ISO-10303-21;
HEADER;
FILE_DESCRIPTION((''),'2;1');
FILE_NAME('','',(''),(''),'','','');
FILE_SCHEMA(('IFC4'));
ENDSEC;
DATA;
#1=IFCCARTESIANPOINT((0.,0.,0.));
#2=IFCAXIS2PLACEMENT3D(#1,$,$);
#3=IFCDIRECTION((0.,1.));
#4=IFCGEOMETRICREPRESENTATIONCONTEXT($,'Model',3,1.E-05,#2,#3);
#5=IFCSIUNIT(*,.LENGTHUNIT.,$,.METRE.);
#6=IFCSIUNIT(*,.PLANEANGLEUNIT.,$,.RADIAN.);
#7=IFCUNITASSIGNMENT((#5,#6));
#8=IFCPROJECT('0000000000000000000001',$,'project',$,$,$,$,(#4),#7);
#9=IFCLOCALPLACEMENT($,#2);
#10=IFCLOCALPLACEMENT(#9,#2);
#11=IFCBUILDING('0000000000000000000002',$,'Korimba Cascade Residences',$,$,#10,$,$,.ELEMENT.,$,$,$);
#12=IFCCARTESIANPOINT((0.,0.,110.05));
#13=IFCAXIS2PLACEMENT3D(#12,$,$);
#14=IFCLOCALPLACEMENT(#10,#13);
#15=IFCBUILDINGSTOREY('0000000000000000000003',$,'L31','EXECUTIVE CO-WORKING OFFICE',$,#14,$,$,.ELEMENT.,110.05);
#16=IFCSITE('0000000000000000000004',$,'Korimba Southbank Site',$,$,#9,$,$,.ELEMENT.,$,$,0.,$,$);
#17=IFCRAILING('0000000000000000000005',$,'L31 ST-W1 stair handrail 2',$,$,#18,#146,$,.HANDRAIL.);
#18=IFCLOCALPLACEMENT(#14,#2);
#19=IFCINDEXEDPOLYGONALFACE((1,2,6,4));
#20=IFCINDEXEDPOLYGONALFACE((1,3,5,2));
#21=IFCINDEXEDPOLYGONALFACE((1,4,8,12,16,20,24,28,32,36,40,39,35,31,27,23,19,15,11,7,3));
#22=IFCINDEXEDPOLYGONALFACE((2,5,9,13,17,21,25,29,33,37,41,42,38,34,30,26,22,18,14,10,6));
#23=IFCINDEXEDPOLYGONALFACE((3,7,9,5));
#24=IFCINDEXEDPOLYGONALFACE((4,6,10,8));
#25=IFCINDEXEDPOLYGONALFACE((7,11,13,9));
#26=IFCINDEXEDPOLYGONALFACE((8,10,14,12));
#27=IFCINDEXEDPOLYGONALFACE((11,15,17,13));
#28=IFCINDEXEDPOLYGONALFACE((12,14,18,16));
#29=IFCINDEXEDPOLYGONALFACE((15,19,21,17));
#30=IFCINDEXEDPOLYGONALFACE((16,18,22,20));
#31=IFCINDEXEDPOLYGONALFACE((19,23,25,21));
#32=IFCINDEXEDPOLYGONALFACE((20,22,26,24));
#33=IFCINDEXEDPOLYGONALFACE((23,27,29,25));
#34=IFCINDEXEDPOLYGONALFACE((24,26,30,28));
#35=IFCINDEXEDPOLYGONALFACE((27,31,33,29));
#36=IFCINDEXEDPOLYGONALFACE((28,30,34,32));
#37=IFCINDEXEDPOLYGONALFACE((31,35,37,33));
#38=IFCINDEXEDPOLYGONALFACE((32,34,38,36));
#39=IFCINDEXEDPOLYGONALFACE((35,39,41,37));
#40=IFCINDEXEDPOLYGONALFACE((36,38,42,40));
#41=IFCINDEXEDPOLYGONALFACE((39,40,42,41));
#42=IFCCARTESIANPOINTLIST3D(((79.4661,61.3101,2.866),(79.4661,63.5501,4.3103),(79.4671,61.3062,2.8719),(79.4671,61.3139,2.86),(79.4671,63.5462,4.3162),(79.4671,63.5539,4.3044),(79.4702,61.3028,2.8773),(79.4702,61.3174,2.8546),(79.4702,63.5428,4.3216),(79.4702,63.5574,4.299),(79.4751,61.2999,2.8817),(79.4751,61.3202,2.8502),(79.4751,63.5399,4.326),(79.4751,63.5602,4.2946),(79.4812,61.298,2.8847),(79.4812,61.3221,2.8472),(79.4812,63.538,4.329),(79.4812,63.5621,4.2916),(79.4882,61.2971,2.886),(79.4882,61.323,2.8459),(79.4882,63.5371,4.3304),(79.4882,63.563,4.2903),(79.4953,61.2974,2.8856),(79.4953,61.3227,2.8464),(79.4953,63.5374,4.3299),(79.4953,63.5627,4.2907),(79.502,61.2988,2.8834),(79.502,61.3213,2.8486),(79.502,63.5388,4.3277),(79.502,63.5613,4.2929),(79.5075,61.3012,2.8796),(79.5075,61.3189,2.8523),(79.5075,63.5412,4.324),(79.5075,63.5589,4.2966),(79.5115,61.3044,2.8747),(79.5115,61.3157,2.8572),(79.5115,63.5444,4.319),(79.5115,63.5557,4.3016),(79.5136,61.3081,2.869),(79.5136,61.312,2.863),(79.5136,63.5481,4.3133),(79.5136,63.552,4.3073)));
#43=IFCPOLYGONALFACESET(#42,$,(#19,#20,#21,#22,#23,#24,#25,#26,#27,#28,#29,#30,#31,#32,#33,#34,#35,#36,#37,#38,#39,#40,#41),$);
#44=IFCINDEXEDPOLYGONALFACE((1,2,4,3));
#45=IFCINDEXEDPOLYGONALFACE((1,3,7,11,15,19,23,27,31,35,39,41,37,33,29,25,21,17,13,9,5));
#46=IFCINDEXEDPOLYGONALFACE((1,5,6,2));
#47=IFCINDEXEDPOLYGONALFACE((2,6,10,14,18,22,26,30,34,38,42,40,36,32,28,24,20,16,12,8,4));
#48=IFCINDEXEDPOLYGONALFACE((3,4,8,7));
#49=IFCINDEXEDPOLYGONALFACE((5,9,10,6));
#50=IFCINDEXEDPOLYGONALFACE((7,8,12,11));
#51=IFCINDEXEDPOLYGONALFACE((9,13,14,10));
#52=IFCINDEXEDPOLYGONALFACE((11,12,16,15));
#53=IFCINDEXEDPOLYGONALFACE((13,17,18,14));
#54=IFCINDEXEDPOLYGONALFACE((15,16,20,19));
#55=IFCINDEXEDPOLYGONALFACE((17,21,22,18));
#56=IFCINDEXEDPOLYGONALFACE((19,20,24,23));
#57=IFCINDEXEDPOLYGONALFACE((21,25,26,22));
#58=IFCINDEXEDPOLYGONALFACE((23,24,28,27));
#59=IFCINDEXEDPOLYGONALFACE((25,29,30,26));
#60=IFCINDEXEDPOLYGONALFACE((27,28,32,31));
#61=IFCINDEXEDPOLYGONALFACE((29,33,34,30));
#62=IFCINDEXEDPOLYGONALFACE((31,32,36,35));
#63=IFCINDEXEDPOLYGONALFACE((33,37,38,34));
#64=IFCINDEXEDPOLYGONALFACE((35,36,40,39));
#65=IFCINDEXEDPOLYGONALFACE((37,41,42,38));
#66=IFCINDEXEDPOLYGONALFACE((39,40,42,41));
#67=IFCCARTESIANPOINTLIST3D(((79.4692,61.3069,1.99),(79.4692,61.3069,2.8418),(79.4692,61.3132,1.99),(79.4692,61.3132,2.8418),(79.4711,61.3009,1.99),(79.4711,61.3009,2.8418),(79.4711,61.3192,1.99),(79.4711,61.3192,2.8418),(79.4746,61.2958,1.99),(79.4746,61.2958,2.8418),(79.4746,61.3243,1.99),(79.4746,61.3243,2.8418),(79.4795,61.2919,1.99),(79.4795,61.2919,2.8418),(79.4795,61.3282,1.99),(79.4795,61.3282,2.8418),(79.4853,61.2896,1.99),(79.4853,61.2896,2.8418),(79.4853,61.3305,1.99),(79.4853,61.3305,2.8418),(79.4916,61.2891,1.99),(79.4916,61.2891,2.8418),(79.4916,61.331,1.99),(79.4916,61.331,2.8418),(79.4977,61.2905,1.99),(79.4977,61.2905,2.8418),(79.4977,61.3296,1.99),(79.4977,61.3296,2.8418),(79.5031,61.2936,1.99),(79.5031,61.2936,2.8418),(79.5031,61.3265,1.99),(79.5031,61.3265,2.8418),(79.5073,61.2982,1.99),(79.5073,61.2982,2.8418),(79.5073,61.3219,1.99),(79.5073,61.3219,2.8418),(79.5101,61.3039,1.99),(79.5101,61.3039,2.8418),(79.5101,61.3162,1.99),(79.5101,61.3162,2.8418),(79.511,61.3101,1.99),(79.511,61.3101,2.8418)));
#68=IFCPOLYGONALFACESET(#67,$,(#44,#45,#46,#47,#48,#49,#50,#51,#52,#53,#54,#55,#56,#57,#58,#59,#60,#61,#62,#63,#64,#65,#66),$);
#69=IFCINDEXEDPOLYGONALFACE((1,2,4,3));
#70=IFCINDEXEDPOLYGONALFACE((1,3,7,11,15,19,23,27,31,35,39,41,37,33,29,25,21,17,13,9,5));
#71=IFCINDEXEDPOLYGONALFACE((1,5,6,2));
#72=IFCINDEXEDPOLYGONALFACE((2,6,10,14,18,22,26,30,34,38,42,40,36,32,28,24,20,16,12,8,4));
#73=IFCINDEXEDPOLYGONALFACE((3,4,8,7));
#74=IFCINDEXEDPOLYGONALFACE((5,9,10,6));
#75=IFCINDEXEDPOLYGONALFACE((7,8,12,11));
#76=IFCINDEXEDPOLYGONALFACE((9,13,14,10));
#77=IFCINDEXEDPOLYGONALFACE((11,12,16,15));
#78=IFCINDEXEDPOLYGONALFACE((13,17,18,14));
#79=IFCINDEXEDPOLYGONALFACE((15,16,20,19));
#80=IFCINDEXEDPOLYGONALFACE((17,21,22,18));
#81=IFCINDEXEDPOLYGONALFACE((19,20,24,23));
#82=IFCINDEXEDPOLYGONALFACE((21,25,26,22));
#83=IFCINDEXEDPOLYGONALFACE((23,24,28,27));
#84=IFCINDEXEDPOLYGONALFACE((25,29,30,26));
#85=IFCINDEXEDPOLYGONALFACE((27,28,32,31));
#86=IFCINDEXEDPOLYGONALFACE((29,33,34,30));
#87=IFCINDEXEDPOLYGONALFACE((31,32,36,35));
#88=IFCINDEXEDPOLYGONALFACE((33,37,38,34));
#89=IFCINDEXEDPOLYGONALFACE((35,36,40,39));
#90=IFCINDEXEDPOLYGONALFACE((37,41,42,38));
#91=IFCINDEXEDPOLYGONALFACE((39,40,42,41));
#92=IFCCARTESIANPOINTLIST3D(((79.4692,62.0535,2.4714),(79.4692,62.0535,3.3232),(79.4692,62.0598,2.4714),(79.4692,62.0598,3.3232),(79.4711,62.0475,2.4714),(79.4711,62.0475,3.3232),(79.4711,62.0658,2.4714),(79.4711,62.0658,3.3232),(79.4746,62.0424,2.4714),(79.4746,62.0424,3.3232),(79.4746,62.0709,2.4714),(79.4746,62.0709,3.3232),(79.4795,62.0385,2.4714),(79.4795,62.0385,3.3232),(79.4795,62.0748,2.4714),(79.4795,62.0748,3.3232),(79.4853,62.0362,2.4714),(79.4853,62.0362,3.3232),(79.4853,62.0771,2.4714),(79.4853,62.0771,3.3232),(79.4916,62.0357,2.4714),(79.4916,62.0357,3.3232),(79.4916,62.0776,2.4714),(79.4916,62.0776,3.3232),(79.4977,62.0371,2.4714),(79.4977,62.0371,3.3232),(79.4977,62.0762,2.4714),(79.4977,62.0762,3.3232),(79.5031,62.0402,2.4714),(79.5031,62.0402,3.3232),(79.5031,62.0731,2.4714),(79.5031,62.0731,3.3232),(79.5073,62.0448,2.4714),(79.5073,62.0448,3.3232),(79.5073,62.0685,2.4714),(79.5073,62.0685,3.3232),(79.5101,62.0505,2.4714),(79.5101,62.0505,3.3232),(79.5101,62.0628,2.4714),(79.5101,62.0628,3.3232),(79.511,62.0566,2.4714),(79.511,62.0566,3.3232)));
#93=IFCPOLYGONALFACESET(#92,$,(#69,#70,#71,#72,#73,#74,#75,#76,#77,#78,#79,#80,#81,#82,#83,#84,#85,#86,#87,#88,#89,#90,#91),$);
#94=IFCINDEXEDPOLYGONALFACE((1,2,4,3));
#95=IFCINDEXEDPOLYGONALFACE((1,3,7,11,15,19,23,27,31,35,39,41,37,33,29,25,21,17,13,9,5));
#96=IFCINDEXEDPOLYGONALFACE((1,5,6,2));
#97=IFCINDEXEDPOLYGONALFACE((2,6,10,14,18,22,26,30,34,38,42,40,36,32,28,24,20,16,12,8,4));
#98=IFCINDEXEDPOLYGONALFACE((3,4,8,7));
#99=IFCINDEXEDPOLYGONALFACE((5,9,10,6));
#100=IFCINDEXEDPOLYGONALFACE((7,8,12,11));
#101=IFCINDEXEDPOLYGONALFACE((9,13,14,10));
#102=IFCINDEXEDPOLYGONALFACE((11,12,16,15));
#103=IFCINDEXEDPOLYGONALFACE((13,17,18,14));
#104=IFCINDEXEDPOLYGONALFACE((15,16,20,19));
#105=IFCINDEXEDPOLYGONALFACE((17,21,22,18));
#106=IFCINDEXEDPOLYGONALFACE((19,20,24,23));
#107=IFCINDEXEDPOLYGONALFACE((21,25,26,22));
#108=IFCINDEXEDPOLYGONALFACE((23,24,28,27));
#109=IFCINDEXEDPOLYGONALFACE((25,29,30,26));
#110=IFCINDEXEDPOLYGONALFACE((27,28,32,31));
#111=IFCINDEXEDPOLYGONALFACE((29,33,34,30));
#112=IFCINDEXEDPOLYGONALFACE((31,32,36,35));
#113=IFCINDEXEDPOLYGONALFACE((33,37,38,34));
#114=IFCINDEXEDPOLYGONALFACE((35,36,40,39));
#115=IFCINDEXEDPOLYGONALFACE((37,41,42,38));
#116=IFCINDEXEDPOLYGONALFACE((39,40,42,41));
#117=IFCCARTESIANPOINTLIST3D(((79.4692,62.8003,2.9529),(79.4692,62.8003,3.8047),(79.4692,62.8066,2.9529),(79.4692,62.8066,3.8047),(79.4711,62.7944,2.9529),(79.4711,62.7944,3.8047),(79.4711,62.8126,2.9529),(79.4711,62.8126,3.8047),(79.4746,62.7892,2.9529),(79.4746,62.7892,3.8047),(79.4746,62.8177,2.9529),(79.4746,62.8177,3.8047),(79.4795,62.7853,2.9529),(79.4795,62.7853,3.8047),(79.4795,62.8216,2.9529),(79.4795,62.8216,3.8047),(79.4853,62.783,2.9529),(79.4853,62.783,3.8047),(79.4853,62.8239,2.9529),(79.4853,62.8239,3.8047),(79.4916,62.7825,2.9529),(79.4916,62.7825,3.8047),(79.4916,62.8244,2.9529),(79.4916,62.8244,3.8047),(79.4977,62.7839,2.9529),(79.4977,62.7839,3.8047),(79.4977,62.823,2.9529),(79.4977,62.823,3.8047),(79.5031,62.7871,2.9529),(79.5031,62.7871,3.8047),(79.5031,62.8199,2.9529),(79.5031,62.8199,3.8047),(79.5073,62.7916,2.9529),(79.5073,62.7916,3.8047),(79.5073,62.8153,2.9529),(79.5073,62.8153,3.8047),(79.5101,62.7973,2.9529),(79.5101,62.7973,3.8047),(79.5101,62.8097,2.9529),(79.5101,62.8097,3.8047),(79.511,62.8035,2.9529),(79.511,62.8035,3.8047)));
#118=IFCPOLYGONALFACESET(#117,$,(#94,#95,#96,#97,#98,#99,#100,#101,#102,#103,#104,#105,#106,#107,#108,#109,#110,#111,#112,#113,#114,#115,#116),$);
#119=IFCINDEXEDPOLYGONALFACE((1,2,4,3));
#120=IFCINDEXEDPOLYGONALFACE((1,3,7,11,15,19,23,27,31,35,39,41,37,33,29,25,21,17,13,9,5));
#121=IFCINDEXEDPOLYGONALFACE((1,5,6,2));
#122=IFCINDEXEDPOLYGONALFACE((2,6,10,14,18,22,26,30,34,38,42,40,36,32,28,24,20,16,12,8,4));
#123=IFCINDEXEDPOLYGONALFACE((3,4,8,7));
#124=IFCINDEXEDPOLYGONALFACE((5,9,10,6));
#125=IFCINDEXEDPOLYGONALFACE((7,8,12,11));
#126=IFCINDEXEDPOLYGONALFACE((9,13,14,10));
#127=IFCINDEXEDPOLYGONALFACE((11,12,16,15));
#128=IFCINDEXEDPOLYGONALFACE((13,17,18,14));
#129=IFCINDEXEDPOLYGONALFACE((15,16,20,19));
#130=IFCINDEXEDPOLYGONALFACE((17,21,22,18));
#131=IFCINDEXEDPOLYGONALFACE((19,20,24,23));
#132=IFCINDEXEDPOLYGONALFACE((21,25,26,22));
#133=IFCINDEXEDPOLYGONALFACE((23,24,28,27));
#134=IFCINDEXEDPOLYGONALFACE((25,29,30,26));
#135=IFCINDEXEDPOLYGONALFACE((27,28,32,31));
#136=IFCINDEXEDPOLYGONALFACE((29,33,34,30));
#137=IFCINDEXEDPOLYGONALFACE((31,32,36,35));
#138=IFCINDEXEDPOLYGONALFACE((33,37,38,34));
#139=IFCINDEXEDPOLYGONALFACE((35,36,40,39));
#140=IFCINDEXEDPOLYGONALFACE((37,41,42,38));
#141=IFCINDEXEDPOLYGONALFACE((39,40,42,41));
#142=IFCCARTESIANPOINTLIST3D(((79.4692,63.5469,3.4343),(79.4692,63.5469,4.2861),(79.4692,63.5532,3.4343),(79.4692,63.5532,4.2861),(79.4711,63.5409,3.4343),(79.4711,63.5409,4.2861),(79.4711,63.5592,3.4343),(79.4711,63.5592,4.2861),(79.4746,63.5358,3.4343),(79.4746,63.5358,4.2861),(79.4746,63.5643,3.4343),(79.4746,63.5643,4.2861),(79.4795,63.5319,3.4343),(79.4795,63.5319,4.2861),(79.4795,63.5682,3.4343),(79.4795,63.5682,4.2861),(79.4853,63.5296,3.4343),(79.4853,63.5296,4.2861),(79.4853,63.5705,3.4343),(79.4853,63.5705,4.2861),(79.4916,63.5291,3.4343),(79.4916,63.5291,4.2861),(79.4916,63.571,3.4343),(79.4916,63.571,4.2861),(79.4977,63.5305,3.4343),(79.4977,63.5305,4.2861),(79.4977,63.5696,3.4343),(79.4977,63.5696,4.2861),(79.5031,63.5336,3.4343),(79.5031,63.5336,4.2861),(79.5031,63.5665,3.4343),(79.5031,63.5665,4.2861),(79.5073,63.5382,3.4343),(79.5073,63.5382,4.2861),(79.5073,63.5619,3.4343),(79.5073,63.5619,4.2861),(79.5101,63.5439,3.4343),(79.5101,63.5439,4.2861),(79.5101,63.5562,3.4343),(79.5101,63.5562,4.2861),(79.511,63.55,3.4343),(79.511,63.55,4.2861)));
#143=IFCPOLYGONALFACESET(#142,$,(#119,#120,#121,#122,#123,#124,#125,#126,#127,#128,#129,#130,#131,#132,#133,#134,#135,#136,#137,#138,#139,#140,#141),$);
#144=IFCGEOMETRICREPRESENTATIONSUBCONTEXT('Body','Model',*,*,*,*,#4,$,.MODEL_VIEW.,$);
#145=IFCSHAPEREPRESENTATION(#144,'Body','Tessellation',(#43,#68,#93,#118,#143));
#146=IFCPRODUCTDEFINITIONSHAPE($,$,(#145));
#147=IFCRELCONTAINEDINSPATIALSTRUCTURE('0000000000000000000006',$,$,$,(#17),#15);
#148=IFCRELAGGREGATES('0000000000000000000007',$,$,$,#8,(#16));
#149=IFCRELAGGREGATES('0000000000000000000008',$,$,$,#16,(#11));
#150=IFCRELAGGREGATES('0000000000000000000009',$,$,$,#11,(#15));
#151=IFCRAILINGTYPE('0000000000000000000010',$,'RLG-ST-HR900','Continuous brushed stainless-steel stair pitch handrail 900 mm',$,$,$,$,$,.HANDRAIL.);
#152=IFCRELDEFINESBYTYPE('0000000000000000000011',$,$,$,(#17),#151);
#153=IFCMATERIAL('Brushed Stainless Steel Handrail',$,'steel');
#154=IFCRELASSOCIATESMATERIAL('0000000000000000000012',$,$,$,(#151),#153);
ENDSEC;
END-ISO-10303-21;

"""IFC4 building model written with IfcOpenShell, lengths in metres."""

from ifc_helpers import new_model, si_unit, direction, frame, origin, origin_2d, place, context, subcontext, project, spatial, circle, extrude, material, type_object, element, save


model = new_model("IFC4")

# Units and contexts
model_context = context("Model", 3, precision=1e-05, world=origin(), true_north=direction((0.0, 1.0)))
body_context = subcontext(model_context, "Body", "Model", "MODEL_VIEW")
ifc_project = project(units=[si_unit("LENGTHUNIT", "METRE"), si_unit("PLANEANGLEUNIT", "RADIAN")], contexts=[model_context])

# Site, building, storey
site_placement = place(None, origin())
site = spatial("IfcSite", under=ifc_project, at=site_placement, Name="Korimba Southbank Site", CompositionType="ELEMENT", RefElevation=0.0)
building_placement = place(site_placement, origin())
building = spatial("IfcBuilding", under=site, at=building_placement, Name="Korimba Cascade Residences", CompositionType="ELEMENT")
storey_placement = place(building_placement, frame((0.0, 0.0, 110.05)))
storey = spatial("IfcBuildingStorey", under=building, at=storey_placement, Name="L31", Description="EXECUTIVE CO-WORKING OFFICE", CompositionType="ELEMENT", Elevation=110.05)

# Railing
ifc_material_1 = material(Name="Brushed Stainless Steel Handrail", Category="steel")
railing_type_1 = type_object("IfcRailingType", Name="RLG-ST-HR900", Description="Continuous brushed stainless-steel stair pitch handrail 900 mm", PredefinedType="HANDRAIL", material=ifc_material_1)
railing_1_placement = place(storey_placement, frame((79.49, 61.3101, 1.99)))
element("IfcRailing", 1, at=railing_1_placement, inside=storey, type_object=railing_type_1, Name="L31 ST-W1 stair handrail 2", PredefinedType="HANDRAIL", context=body_context, shape_type="SweptSolid", body=[
    extrude(circle(Radius=0.0239, at=origin_2d()), frame((0.0, 0.0, 0.876), z_axis=(0.0, 0.840437, 0.54191), x_axis=(-1.0, 0.0, 0.0)), (0.0, 0.0, 1.0), 2.6653),
    extrude(circle(Radius=0.021, at=origin_2d()), origin(), (0.0, 0.0, 1.0), 0.8518),
    extrude(circle(Radius=0.021, at=origin_2d()), frame((0.0, 0.7466, 0.4814)), (0.0, 0.0, 1.0), 0.8518),
    extrude(circle(Radius=0.021, at=origin_2d()), frame((0.0, 1.4934, 0.9629)), (0.0, 0.0, 1.0), 0.8518),
    extrude(circle(Radius=0.021, at=origin_2d()), frame((0.0, 2.24, 1.4443)), (0.0, 0.0, 1.0), 0.8518),
])

save(model, "model.ifc")
